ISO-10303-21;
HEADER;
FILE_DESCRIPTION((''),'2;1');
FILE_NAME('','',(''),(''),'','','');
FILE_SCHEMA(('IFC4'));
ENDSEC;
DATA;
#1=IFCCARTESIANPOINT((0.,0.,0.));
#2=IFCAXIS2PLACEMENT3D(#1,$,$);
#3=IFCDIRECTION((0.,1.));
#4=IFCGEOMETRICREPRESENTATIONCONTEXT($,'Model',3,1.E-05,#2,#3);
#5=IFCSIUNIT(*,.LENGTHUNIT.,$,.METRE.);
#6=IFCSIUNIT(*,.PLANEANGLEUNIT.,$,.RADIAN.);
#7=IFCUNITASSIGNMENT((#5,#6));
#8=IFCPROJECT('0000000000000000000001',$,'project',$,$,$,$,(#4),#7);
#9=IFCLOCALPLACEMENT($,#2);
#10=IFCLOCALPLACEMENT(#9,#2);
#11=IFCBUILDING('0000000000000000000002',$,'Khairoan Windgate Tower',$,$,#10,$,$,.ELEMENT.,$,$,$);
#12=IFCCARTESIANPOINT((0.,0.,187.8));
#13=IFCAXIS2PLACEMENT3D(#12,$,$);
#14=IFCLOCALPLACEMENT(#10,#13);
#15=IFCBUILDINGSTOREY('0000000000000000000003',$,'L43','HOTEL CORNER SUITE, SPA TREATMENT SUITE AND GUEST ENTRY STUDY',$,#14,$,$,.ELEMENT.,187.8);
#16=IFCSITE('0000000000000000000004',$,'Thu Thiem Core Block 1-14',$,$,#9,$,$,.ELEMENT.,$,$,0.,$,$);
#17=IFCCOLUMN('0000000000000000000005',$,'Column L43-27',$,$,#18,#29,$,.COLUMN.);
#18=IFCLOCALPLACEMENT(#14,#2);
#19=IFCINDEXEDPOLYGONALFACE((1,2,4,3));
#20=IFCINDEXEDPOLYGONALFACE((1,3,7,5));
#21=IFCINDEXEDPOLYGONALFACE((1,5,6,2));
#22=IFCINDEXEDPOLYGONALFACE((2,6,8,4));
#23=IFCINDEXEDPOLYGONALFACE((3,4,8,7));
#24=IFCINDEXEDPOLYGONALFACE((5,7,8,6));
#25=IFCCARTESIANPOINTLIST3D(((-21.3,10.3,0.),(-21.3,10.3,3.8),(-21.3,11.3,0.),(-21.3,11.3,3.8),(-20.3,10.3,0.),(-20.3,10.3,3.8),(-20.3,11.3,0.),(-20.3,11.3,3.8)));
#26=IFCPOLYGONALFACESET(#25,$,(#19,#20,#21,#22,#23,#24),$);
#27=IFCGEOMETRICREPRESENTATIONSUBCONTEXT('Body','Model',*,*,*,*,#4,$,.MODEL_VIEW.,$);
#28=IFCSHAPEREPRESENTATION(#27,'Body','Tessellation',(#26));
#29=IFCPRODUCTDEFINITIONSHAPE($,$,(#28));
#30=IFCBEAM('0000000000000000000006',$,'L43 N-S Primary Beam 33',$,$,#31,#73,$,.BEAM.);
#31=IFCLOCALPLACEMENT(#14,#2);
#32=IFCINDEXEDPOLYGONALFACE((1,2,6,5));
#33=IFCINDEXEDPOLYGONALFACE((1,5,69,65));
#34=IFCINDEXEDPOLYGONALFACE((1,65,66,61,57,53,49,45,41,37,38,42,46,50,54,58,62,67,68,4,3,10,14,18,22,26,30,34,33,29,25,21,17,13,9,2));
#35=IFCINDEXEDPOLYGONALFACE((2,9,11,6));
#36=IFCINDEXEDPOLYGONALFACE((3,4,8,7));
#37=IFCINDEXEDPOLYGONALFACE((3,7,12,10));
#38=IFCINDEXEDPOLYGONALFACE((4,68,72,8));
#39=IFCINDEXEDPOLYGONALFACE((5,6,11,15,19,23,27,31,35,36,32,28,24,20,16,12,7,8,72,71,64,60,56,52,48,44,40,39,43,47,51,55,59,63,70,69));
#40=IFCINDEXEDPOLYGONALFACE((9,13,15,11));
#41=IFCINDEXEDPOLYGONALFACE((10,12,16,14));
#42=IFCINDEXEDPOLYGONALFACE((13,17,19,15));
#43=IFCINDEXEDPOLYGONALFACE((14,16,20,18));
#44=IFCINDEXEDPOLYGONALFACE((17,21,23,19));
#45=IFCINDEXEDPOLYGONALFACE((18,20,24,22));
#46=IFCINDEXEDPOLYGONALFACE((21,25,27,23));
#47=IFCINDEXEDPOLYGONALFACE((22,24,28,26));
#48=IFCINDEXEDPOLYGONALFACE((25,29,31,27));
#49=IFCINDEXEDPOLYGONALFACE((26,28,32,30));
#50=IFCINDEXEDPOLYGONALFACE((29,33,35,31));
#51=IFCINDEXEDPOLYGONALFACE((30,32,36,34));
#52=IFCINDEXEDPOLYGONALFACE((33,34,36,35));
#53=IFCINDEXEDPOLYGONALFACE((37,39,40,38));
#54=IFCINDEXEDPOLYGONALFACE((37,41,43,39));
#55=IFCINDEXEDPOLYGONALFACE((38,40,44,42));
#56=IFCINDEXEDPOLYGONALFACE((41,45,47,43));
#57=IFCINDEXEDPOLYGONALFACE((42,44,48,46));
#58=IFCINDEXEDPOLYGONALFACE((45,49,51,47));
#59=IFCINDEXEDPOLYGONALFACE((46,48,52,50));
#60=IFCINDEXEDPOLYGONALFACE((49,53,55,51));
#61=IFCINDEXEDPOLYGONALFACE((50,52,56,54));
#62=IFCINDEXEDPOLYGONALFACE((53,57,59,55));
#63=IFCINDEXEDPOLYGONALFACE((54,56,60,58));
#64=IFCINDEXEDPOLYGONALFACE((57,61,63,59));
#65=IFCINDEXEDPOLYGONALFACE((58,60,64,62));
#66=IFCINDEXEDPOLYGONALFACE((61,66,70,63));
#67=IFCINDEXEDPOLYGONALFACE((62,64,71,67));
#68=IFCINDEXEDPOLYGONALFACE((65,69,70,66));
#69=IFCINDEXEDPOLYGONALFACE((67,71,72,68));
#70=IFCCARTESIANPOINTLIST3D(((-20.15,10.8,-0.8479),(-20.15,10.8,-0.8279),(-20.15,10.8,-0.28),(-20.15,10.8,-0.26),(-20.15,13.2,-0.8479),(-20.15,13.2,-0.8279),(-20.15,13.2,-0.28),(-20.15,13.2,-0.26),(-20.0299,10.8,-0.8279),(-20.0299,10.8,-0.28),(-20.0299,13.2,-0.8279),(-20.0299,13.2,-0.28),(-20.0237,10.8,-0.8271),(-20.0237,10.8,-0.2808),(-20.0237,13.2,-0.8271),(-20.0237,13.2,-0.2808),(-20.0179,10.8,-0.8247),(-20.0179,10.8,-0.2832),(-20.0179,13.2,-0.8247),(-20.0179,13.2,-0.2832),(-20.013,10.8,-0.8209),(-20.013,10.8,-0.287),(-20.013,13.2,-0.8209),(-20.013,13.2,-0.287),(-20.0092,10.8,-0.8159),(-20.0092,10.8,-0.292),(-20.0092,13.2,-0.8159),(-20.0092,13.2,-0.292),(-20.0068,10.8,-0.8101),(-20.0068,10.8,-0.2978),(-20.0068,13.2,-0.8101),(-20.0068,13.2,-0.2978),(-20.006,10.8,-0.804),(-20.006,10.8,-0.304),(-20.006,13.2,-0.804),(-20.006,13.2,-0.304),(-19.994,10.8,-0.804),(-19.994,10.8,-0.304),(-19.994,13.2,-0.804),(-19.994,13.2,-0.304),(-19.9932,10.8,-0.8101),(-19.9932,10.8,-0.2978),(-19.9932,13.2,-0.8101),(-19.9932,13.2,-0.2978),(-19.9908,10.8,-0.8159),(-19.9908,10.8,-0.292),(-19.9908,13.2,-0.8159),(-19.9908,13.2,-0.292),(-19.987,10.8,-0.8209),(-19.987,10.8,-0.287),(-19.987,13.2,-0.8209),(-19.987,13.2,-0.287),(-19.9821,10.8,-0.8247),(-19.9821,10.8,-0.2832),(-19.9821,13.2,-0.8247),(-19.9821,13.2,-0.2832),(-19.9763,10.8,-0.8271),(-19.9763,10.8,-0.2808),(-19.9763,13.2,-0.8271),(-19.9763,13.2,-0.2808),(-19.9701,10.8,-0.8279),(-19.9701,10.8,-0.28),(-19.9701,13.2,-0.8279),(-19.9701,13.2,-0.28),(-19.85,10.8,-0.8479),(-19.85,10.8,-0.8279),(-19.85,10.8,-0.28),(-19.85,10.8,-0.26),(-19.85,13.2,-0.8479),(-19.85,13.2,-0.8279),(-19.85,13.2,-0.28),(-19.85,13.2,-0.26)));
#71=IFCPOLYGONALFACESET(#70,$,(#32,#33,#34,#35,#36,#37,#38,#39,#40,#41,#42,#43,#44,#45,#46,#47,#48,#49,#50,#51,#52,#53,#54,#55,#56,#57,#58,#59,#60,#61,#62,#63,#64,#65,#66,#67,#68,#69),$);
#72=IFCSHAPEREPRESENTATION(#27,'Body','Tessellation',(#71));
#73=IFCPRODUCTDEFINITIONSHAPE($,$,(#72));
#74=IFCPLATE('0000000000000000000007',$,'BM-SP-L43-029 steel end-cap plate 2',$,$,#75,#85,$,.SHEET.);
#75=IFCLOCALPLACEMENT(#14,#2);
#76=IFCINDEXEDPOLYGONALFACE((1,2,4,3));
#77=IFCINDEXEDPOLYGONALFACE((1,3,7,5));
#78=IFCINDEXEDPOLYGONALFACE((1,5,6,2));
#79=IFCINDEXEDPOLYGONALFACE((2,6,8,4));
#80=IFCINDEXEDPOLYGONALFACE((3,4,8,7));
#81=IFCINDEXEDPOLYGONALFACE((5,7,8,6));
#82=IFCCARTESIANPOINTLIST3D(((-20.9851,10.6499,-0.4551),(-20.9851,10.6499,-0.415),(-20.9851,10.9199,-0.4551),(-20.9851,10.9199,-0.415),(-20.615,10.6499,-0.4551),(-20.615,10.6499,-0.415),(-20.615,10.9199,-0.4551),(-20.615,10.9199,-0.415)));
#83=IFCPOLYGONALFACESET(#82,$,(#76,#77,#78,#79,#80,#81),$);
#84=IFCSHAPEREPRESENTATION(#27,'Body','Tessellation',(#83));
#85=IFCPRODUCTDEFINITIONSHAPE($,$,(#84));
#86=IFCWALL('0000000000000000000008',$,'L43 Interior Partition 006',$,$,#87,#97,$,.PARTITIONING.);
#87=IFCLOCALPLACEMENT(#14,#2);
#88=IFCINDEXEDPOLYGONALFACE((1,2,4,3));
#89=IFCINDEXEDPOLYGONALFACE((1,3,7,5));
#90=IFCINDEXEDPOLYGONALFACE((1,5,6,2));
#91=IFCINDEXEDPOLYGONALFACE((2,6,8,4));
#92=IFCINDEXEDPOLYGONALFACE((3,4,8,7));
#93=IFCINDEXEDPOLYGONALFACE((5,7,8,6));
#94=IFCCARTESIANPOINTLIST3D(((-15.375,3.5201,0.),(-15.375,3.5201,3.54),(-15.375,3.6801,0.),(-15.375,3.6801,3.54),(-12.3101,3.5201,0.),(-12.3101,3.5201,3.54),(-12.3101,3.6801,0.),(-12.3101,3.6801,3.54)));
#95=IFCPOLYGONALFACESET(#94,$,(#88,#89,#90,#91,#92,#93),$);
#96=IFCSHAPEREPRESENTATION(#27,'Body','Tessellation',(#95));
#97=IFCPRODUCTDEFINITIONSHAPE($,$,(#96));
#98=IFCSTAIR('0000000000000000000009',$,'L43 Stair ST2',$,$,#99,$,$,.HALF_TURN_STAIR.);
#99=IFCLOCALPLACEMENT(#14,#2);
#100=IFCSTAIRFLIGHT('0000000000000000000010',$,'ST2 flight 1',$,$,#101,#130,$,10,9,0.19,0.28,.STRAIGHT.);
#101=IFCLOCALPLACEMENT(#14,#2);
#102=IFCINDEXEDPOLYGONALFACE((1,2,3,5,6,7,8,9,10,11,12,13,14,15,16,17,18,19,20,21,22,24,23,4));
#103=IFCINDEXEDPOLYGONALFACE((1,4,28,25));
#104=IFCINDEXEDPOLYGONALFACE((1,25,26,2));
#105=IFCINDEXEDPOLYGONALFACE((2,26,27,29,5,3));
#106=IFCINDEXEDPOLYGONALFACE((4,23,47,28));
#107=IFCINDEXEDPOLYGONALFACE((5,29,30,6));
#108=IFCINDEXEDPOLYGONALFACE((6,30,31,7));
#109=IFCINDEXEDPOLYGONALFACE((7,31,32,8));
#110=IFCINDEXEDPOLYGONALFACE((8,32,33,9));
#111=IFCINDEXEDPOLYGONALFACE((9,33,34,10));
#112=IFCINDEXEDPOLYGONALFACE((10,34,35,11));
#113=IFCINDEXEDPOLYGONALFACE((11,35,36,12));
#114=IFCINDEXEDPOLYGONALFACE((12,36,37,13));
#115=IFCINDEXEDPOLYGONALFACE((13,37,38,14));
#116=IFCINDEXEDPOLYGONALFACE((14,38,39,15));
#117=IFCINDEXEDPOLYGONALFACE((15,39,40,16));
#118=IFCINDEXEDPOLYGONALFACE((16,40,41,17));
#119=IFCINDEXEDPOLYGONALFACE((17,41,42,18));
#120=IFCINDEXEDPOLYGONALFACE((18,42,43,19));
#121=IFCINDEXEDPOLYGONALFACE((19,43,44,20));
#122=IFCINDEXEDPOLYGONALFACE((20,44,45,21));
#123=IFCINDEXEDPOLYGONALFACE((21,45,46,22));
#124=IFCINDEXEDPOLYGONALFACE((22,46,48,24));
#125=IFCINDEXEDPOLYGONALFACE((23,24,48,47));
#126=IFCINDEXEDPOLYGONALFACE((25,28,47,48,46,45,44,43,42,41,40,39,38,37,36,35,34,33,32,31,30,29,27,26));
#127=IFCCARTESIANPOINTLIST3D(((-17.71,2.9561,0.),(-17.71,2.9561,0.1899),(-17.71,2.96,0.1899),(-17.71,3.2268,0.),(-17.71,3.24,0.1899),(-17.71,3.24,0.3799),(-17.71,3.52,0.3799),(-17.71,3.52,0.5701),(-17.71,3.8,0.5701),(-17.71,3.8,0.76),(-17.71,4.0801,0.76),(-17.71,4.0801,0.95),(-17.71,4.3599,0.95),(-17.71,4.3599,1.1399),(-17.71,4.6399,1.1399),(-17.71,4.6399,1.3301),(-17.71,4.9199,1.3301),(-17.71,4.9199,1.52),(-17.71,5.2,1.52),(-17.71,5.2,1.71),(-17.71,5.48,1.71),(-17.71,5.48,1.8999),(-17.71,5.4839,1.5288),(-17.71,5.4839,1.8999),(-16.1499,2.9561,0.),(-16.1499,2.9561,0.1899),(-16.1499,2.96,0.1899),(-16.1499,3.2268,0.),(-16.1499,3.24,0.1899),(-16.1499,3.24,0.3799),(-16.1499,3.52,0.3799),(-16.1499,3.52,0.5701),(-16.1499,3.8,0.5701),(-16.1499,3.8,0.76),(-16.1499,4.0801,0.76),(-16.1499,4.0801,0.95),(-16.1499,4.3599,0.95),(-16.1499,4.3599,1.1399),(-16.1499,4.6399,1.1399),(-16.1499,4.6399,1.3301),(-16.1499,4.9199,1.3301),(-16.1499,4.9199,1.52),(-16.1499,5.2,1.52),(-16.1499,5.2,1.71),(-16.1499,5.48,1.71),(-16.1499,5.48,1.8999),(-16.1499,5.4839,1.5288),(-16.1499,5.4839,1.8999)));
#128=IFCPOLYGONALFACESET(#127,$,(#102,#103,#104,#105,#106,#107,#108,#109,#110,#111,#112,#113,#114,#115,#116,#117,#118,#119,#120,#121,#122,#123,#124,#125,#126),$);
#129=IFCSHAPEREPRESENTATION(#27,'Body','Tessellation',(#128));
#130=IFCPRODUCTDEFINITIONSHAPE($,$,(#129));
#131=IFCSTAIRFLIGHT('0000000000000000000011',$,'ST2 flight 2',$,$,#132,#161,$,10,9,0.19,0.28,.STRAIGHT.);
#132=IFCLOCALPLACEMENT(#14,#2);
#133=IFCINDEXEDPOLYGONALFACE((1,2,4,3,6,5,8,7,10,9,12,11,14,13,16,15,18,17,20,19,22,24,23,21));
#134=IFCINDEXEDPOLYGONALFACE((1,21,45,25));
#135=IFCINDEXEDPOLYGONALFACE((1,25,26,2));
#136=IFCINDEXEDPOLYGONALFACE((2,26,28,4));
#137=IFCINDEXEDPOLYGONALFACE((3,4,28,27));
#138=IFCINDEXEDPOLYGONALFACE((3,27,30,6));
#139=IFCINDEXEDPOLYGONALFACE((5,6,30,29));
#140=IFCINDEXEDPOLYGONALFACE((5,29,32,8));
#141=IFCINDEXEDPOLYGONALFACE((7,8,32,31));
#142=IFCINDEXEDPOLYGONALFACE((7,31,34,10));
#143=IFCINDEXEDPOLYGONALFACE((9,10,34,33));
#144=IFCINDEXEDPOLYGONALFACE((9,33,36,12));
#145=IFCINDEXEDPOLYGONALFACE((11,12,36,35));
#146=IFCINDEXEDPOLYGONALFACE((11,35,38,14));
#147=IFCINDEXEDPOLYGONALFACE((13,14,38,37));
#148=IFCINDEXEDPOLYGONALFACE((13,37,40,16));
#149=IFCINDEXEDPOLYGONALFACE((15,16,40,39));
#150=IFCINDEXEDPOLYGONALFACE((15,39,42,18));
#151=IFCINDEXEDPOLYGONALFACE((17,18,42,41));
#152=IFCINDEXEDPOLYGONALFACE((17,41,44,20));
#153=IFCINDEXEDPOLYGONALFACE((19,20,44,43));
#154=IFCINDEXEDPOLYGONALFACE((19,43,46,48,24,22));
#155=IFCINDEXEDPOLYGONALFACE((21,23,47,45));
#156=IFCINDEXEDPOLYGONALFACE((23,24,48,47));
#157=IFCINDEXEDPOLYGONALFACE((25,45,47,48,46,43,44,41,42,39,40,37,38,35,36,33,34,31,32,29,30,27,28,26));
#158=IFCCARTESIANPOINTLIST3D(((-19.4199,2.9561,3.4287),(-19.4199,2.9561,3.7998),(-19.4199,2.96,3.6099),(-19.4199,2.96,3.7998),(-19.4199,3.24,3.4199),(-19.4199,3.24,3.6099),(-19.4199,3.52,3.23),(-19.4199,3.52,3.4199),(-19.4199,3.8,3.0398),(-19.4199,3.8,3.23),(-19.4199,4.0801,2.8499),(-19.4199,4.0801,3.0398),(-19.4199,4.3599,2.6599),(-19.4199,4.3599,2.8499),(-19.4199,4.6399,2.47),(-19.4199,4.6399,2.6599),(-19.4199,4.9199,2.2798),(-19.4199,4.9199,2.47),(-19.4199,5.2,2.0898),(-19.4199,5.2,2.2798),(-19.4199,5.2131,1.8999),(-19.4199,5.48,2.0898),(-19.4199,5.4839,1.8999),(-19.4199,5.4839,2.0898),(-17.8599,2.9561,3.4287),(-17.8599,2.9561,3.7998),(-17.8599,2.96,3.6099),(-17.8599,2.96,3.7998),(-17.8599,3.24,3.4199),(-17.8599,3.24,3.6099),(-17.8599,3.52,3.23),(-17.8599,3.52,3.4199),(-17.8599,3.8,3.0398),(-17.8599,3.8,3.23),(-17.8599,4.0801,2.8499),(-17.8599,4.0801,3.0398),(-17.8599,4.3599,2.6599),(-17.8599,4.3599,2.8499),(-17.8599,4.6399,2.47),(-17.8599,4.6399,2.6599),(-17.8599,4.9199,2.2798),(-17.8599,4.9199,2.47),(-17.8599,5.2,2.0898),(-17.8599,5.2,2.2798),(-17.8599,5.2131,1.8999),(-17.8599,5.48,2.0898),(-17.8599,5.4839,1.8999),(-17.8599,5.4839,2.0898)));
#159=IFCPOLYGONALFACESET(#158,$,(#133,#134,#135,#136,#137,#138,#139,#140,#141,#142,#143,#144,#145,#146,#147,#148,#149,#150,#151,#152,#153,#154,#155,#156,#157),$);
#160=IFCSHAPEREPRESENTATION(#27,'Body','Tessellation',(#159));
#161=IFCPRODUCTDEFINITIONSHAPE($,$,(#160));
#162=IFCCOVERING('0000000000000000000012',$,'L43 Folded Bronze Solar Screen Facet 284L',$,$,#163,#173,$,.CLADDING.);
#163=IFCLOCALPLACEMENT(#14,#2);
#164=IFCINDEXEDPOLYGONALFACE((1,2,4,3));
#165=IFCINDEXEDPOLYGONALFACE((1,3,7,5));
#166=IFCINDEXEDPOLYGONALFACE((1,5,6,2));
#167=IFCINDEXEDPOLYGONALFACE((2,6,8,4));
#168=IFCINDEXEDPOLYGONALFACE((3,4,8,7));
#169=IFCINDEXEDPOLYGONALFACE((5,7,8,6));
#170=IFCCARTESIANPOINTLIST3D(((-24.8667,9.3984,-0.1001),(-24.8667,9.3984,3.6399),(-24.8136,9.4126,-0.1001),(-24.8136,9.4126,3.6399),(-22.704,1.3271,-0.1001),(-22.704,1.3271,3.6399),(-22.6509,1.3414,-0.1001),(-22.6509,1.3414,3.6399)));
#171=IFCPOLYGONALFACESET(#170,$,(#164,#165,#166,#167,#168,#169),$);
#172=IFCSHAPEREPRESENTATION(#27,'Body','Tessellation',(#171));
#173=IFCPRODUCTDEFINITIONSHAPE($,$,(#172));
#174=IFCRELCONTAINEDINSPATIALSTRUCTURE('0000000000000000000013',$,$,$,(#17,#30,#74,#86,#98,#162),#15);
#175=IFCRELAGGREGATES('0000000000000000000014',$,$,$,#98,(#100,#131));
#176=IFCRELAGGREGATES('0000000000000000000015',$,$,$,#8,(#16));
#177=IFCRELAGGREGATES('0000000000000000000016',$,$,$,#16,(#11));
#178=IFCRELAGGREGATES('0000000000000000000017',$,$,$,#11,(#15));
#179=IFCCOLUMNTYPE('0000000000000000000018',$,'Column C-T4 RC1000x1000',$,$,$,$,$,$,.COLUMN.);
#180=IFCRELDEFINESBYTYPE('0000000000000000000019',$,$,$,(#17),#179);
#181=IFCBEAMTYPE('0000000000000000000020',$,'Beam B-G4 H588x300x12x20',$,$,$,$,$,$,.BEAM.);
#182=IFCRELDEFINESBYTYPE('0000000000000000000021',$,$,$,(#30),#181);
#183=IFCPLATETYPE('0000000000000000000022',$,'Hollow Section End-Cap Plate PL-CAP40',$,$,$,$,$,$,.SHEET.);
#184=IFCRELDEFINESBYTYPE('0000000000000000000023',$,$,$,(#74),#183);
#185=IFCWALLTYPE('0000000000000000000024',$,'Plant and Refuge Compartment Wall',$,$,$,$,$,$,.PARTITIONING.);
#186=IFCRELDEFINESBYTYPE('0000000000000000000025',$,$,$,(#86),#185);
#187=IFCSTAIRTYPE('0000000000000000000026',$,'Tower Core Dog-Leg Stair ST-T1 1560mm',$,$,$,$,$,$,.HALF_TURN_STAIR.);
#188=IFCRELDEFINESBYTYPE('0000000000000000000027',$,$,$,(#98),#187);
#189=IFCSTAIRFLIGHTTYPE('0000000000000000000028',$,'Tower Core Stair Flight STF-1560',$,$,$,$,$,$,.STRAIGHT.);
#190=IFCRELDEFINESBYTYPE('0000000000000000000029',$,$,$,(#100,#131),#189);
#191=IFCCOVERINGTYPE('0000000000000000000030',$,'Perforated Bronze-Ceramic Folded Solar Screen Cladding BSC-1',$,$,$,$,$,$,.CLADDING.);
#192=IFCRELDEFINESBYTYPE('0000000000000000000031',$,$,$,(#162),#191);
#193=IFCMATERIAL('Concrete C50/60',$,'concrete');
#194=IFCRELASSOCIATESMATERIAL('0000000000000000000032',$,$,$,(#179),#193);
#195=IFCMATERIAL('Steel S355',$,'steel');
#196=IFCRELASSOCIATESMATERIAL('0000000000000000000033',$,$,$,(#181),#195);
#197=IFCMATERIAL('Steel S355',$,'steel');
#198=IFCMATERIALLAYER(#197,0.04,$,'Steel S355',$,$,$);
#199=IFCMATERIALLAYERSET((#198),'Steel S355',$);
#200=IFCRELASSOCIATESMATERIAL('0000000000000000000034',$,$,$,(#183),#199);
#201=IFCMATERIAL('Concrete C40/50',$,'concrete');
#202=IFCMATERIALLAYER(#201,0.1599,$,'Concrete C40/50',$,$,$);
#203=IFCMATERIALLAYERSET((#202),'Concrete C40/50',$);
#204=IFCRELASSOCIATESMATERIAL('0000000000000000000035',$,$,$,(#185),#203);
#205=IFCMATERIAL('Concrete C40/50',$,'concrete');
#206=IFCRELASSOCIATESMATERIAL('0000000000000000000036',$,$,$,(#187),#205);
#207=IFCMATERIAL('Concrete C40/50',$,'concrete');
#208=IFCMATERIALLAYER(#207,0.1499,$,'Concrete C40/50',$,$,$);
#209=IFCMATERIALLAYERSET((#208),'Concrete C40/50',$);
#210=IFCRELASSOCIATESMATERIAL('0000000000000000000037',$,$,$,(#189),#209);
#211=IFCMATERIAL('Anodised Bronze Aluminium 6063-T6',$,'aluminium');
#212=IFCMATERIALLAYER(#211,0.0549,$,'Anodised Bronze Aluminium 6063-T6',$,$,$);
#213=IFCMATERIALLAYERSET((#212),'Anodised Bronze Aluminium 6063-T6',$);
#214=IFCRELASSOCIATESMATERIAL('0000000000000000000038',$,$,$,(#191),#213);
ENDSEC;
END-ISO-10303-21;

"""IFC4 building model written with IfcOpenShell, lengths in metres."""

from ifc_helpers import new_model, si_unit, direction, frame, frame_2d, origin, origin_2d, place, context, subcontext, project, spatial, polyline, rectangle, i_section, outline, extrude, material, layer, layer_set, material_profile, profile_set, type_object, element, aggregate, save


model = new_model("IFC4")

# Units and contexts
model_context = context("Model", 3, precision=1e-05, world=origin(), true_north=direction((0.0, 1.0)))
body_context = subcontext(model_context, "Body", "Model", "MODEL_VIEW")
ifc_project = project(units=[si_unit("LENGTHUNIT", "METRE"), si_unit("PLANEANGLEUNIT", "RADIAN")], contexts=[model_context])

# Site, building, storey
site_placement = place(None, origin())
site = spatial("IfcSite", under=ifc_project, at=site_placement, Name="Thu Thiem Core Block 1-14", CompositionType="ELEMENT", RefElevation=0.0)
building_placement = place(site_placement, origin())
building = spatial("IfcBuilding", under=site, at=building_placement, Name="Khairoan Windgate Tower", CompositionType="ELEMENT")
storey_placement = place(building_placement, frame((0.0, 0.0, 187.8)))
storey = spatial("IfcBuildingStorey", under=building, at=storey_placement, Name="L43", Description="HOTEL CORNER SUITE, SPA TREATMENT SUITE AND GUEST ENTRY STUDY", CompositionType="ELEMENT", Elevation=187.8)

# Column
ifc_material_1 = material(Name="Concrete C50/60", Category="concrete")
ifc_material_profile_1 = material_profile(ifc_material_1, rectangle(XDim=1.0, YDim=1.0, at=origin_2d()))
ifc_profile_set_1 = profile_set([ifc_material_profile_1], Name="Concrete C50/60")
column_type = type_object("IfcColumnType", Name="Column C-T4 RC1000x1000", PredefinedType="COLUMN", material=ifc_profile_set_1)
column_placement = place(storey_placement, frame((-20.8, 10.8, 0.0), z_axis=(0.0, 0.0, 1.0), x_axis=(1.0, 0.0, 0.0)))
element("IfcColumn", 1, at=column_placement, inside=storey, type_object=column_type, Name="Column L43-27", PredefinedType="COLUMN", context=body_context, shape_type="SweptSolid", body=[
    extrude(rectangle(XDim=1.0, YDim=1.0, at=origin_2d()), origin(), (0.0, 0.0, 1.0), 3.8),
])

# Beam
ifc_material_2 = material(Name="Steel S355", Category="steel")
ifc_material_profile_2 = material_profile(ifc_material_2, i_section(OverallWidth=0.3, OverallDepth=0.5879, WebThickness=0.012, FlangeThickness=0.02, FilletRadius=0.0239, at=origin_2d()))
ifc_profile_set_2 = profile_set([ifc_material_profile_2], Name="Steel S355")
beam_type = type_object("IfcBeamType", Name="Beam B-G4 H588x300x12x20", PredefinedType="BEAM", material=ifc_profile_set_2)
beam_placement = place(storey_placement, frame((-20.0, 10.8, -0.554), z_axis=(0.0, 1.0, 0.0), x_axis=(-1.0, 0.0, 0.0)))
element("IfcBeam", 2, at=beam_placement, inside=storey, type_object=beam_type, Name="L43 N-S Primary Beam 33", PredefinedType="BEAM", context=body_context, shape_type="SweptSolid", body=[
    extrude(i_section(OverallWidth=0.3, OverallDepth=0.5879, WebThickness=0.012, FlangeThickness=0.02, FilletRadius=0.0239, at=origin_2d()), origin(), (0.0, 0.0, 1.0), 2.3999),
])

# Plate
ifc_material_3 = material(Name="Steel S355", Category="steel")
ifc_layer_1 = layer(ifc_material_3, 0.04, Name="Steel S355")
ifc_layer_set_1 = layer_set([ifc_layer_1], Name="Steel S355")
plate_type = type_object("IfcPlateType", Name="Hollow Section End-Cap Plate PL-CAP40", PredefinedType="SHEET", material=ifc_layer_set_1)
plate_placement = place(storey_placement, frame((-20.8, 10.7849, -0.4551), z_axis=(0.0, 0.0, 1.0), x_axis=(0.0, 1.0, 0.0)))
element("IfcPlate", 3, at=plate_placement, inside=storey, type_object=plate_type, Name="BM-SP-L43-029 steel end-cap plate 2", PredefinedType="SHEET", context=body_context, shape_type="SweptSolid", body=[
    extrude(rectangle(XDim=0.27, YDim=0.3701, at=origin_2d()), origin(), (0.0, 0.0, 1.0), 0.04),
])

# Wall
ifc_material_4 = material(Name="Concrete C40/50", Category="concrete")
ifc_layer_2 = layer(ifc_material_4, 0.1599, Name="Concrete C40/50")
ifc_layer_set_2 = layer_set([ifc_layer_2], Name="Concrete C40/50")
wall_type = type_object("IfcWallType", Name="Plant and Refuge Compartment Wall", PredefinedType="PARTITIONING", material=ifc_layer_set_2)
wall_placement = place(storey_placement, frame((-15.375, 3.6001, 0.0), z_axis=(0.0, 0.0, 1.0), x_axis=(1.0, 0.0, 0.0)))
element("IfcWall", 4, at=wall_placement, inside=storey, type_object=wall_type, Name="L43 Interior Partition 006", PredefinedType="PARTITIONING", context=body_context, shape_type="SweptSolid", body=[
    extrude(rectangle(XDim=3.0649, YDim=0.1599, at=frame_2d((1.5325, 0.0))), origin(), (0.0, 0.0, 1.0), 3.54),
])

# Stair, stair flights
ifc_material_5 = material(Name="Concrete C40/50", Category="concrete")
stair_type = type_object("IfcStairType", Name="Tower Core Dog-Leg Stair ST-T1 1560mm", PredefinedType="HALF_TURN_STAIR", material=ifc_material_5)
stair_placement = place(storey_placement, origin())
stair = element("IfcStair", 5, at=stair_placement, inside=storey, type_object=stair_type, Name="L43 Stair ST2", PredefinedType="HALF_TURN_STAIR")
ifc_material_6 = material(Name="Concrete C40/50", Category="concrete")
ifc_layer_3 = layer(ifc_material_6, 0.1499, Name="Concrete C40/50")
ifc_layer_set_3 = layer_set([ifc_layer_3], Name="Concrete C40/50")
stair_flight_type = type_object("IfcStairFlightType", Name="Tower Core Stair Flight STF-1560", PredefinedType="STRAIGHT", material=ifc_layer_set_3)
stair_flight_1_placement = place(storey_placement, frame((-16.9299, 2.96, 0.0), z_axis=(0.0, 0.0, 1.0), x_axis=(0.0, 1.0, 0.0)))
stair_flight_1 = element("IfcStairFlight", 6, at=stair_flight_1_placement, type_object=stair_flight_type, Name="ST2 flight 1", NumberOfRisers=10, NumberOfTreads=9, PredefinedType="STRAIGHT", RiserHeight=0.19, TreadLength=0.28, context=body_context, shape_type="SweptSolid", body=[
    extrude(outline(polyline([(-0.0039, 0.0), (-0.0039, 0.1899), (0.0, 0.1899), (0.28, 0.1899), (0.28, 0.3799), (0.5601, 0.3799), (0.5601, 0.5701), (0.8401, 0.5701), (0.8401, 0.76), (1.1201, 0.76), (1.1201, 0.95), (1.3999, 0.95), (1.3999, 1.1399), (1.6799, 1.1399), (1.6799, 1.3301), (1.96, 1.3301), (1.96, 1.52), (2.24, 1.52), (2.24, 1.71), (2.52, 1.71), (2.52, 1.8999), (2.5239, 1.8999), (2.5239, 1.5288), (0.2668, 0.0), (-0.0039, 0.0)])), frame((0.0, 0.78, 0.0), z_axis=(0.0, -1.0, 0.0), x_axis=(1.0, 0.0, 0.0)), (0.0, 0.0, 1.0), 1.5601),
])
stair_flight_2_placement = place(storey_placement, frame((-18.6399, 5.48, 1.8999), z_axis=(0.0, 0.0, 1.0), x_axis=(0.0, -1.0, 0.0)))
stair_flight_2 = element("IfcStairFlight", 7, at=stair_flight_2_placement, type_object=stair_flight_type, Name="ST2 flight 2", NumberOfRisers=10, NumberOfTreads=9, PredefinedType="STRAIGHT", RiserHeight=0.19, TreadLength=0.28, context=body_context, shape_type="SweptSolid", body=[
    extrude(outline(polyline([(-0.0039, 0.0), (-0.0039, 0.1899), (0.0, 0.1899), (0.28, 0.1899), (0.28, 0.3799), (0.5601, 0.3799), (0.5601, 0.5701), (0.8401, 0.5701), (0.8401, 0.76), (1.1201, 0.76), (1.1201, 0.95), (1.3999, 0.95), (1.3999, 1.1399), (1.6799, 1.1399), (1.6799, 1.3301), (1.96, 1.3301), (1.96, 1.52), (2.24, 1.52), (2.24, 1.71), (2.52, 1.71), (2.52, 1.8999), (2.5239, 1.8999), (2.5239, 1.5288), (0.2668, 0.0), (-0.0039, 0.0)])), frame((0.0, 0.78, 0.0), z_axis=(0.0, -1.0, 0.0), x_axis=(1.0, 0.0, 0.0)), (0.0, 0.0, 1.0), 1.5601),
])
aggregate(stair, [stair_flight_1, stair_flight_2])

# Covering
ifc_material_7 = material(Name="Anodised Bronze Aluminium 6063-T6", Category="aluminium")
ifc_layer_4 = layer(ifc_material_7, 0.0549, Name="Anodised Bronze Aluminium 6063-T6")
ifc_layer_set_4 = layer_set([ifc_layer_4], Name="Anodised Bronze Aluminium 6063-T6")
covering_type = type_object("IfcCoveringType", Name="Perforated Bronze-Ceramic Folded Solar Screen Cladding BSC-1", PredefinedType="CLADDING", material=ifc_layer_set_4)
covering_placement = place(storey_placement, frame((-23.7588, 5.3699, -0.1001), z_axis=(0.0, 0.0, 1.0), x_axis=(-0.258819, 0.965926, 0.0)))
element("IfcCovering", 8, at=covering_placement, inside=storey, type_object=covering_type, Name="L43 Folded Bronze Solar Screen Facet 284L", PredefinedType="CLADDING", context=body_context, shape_type="SweptSolid", body=[
    extrude(rectangle(XDim=8.356, YDim=0.0549, at=origin_2d()), origin(), (0.0, 0.0, 1.0), 3.74),
])

save(model, "model.ifc")
